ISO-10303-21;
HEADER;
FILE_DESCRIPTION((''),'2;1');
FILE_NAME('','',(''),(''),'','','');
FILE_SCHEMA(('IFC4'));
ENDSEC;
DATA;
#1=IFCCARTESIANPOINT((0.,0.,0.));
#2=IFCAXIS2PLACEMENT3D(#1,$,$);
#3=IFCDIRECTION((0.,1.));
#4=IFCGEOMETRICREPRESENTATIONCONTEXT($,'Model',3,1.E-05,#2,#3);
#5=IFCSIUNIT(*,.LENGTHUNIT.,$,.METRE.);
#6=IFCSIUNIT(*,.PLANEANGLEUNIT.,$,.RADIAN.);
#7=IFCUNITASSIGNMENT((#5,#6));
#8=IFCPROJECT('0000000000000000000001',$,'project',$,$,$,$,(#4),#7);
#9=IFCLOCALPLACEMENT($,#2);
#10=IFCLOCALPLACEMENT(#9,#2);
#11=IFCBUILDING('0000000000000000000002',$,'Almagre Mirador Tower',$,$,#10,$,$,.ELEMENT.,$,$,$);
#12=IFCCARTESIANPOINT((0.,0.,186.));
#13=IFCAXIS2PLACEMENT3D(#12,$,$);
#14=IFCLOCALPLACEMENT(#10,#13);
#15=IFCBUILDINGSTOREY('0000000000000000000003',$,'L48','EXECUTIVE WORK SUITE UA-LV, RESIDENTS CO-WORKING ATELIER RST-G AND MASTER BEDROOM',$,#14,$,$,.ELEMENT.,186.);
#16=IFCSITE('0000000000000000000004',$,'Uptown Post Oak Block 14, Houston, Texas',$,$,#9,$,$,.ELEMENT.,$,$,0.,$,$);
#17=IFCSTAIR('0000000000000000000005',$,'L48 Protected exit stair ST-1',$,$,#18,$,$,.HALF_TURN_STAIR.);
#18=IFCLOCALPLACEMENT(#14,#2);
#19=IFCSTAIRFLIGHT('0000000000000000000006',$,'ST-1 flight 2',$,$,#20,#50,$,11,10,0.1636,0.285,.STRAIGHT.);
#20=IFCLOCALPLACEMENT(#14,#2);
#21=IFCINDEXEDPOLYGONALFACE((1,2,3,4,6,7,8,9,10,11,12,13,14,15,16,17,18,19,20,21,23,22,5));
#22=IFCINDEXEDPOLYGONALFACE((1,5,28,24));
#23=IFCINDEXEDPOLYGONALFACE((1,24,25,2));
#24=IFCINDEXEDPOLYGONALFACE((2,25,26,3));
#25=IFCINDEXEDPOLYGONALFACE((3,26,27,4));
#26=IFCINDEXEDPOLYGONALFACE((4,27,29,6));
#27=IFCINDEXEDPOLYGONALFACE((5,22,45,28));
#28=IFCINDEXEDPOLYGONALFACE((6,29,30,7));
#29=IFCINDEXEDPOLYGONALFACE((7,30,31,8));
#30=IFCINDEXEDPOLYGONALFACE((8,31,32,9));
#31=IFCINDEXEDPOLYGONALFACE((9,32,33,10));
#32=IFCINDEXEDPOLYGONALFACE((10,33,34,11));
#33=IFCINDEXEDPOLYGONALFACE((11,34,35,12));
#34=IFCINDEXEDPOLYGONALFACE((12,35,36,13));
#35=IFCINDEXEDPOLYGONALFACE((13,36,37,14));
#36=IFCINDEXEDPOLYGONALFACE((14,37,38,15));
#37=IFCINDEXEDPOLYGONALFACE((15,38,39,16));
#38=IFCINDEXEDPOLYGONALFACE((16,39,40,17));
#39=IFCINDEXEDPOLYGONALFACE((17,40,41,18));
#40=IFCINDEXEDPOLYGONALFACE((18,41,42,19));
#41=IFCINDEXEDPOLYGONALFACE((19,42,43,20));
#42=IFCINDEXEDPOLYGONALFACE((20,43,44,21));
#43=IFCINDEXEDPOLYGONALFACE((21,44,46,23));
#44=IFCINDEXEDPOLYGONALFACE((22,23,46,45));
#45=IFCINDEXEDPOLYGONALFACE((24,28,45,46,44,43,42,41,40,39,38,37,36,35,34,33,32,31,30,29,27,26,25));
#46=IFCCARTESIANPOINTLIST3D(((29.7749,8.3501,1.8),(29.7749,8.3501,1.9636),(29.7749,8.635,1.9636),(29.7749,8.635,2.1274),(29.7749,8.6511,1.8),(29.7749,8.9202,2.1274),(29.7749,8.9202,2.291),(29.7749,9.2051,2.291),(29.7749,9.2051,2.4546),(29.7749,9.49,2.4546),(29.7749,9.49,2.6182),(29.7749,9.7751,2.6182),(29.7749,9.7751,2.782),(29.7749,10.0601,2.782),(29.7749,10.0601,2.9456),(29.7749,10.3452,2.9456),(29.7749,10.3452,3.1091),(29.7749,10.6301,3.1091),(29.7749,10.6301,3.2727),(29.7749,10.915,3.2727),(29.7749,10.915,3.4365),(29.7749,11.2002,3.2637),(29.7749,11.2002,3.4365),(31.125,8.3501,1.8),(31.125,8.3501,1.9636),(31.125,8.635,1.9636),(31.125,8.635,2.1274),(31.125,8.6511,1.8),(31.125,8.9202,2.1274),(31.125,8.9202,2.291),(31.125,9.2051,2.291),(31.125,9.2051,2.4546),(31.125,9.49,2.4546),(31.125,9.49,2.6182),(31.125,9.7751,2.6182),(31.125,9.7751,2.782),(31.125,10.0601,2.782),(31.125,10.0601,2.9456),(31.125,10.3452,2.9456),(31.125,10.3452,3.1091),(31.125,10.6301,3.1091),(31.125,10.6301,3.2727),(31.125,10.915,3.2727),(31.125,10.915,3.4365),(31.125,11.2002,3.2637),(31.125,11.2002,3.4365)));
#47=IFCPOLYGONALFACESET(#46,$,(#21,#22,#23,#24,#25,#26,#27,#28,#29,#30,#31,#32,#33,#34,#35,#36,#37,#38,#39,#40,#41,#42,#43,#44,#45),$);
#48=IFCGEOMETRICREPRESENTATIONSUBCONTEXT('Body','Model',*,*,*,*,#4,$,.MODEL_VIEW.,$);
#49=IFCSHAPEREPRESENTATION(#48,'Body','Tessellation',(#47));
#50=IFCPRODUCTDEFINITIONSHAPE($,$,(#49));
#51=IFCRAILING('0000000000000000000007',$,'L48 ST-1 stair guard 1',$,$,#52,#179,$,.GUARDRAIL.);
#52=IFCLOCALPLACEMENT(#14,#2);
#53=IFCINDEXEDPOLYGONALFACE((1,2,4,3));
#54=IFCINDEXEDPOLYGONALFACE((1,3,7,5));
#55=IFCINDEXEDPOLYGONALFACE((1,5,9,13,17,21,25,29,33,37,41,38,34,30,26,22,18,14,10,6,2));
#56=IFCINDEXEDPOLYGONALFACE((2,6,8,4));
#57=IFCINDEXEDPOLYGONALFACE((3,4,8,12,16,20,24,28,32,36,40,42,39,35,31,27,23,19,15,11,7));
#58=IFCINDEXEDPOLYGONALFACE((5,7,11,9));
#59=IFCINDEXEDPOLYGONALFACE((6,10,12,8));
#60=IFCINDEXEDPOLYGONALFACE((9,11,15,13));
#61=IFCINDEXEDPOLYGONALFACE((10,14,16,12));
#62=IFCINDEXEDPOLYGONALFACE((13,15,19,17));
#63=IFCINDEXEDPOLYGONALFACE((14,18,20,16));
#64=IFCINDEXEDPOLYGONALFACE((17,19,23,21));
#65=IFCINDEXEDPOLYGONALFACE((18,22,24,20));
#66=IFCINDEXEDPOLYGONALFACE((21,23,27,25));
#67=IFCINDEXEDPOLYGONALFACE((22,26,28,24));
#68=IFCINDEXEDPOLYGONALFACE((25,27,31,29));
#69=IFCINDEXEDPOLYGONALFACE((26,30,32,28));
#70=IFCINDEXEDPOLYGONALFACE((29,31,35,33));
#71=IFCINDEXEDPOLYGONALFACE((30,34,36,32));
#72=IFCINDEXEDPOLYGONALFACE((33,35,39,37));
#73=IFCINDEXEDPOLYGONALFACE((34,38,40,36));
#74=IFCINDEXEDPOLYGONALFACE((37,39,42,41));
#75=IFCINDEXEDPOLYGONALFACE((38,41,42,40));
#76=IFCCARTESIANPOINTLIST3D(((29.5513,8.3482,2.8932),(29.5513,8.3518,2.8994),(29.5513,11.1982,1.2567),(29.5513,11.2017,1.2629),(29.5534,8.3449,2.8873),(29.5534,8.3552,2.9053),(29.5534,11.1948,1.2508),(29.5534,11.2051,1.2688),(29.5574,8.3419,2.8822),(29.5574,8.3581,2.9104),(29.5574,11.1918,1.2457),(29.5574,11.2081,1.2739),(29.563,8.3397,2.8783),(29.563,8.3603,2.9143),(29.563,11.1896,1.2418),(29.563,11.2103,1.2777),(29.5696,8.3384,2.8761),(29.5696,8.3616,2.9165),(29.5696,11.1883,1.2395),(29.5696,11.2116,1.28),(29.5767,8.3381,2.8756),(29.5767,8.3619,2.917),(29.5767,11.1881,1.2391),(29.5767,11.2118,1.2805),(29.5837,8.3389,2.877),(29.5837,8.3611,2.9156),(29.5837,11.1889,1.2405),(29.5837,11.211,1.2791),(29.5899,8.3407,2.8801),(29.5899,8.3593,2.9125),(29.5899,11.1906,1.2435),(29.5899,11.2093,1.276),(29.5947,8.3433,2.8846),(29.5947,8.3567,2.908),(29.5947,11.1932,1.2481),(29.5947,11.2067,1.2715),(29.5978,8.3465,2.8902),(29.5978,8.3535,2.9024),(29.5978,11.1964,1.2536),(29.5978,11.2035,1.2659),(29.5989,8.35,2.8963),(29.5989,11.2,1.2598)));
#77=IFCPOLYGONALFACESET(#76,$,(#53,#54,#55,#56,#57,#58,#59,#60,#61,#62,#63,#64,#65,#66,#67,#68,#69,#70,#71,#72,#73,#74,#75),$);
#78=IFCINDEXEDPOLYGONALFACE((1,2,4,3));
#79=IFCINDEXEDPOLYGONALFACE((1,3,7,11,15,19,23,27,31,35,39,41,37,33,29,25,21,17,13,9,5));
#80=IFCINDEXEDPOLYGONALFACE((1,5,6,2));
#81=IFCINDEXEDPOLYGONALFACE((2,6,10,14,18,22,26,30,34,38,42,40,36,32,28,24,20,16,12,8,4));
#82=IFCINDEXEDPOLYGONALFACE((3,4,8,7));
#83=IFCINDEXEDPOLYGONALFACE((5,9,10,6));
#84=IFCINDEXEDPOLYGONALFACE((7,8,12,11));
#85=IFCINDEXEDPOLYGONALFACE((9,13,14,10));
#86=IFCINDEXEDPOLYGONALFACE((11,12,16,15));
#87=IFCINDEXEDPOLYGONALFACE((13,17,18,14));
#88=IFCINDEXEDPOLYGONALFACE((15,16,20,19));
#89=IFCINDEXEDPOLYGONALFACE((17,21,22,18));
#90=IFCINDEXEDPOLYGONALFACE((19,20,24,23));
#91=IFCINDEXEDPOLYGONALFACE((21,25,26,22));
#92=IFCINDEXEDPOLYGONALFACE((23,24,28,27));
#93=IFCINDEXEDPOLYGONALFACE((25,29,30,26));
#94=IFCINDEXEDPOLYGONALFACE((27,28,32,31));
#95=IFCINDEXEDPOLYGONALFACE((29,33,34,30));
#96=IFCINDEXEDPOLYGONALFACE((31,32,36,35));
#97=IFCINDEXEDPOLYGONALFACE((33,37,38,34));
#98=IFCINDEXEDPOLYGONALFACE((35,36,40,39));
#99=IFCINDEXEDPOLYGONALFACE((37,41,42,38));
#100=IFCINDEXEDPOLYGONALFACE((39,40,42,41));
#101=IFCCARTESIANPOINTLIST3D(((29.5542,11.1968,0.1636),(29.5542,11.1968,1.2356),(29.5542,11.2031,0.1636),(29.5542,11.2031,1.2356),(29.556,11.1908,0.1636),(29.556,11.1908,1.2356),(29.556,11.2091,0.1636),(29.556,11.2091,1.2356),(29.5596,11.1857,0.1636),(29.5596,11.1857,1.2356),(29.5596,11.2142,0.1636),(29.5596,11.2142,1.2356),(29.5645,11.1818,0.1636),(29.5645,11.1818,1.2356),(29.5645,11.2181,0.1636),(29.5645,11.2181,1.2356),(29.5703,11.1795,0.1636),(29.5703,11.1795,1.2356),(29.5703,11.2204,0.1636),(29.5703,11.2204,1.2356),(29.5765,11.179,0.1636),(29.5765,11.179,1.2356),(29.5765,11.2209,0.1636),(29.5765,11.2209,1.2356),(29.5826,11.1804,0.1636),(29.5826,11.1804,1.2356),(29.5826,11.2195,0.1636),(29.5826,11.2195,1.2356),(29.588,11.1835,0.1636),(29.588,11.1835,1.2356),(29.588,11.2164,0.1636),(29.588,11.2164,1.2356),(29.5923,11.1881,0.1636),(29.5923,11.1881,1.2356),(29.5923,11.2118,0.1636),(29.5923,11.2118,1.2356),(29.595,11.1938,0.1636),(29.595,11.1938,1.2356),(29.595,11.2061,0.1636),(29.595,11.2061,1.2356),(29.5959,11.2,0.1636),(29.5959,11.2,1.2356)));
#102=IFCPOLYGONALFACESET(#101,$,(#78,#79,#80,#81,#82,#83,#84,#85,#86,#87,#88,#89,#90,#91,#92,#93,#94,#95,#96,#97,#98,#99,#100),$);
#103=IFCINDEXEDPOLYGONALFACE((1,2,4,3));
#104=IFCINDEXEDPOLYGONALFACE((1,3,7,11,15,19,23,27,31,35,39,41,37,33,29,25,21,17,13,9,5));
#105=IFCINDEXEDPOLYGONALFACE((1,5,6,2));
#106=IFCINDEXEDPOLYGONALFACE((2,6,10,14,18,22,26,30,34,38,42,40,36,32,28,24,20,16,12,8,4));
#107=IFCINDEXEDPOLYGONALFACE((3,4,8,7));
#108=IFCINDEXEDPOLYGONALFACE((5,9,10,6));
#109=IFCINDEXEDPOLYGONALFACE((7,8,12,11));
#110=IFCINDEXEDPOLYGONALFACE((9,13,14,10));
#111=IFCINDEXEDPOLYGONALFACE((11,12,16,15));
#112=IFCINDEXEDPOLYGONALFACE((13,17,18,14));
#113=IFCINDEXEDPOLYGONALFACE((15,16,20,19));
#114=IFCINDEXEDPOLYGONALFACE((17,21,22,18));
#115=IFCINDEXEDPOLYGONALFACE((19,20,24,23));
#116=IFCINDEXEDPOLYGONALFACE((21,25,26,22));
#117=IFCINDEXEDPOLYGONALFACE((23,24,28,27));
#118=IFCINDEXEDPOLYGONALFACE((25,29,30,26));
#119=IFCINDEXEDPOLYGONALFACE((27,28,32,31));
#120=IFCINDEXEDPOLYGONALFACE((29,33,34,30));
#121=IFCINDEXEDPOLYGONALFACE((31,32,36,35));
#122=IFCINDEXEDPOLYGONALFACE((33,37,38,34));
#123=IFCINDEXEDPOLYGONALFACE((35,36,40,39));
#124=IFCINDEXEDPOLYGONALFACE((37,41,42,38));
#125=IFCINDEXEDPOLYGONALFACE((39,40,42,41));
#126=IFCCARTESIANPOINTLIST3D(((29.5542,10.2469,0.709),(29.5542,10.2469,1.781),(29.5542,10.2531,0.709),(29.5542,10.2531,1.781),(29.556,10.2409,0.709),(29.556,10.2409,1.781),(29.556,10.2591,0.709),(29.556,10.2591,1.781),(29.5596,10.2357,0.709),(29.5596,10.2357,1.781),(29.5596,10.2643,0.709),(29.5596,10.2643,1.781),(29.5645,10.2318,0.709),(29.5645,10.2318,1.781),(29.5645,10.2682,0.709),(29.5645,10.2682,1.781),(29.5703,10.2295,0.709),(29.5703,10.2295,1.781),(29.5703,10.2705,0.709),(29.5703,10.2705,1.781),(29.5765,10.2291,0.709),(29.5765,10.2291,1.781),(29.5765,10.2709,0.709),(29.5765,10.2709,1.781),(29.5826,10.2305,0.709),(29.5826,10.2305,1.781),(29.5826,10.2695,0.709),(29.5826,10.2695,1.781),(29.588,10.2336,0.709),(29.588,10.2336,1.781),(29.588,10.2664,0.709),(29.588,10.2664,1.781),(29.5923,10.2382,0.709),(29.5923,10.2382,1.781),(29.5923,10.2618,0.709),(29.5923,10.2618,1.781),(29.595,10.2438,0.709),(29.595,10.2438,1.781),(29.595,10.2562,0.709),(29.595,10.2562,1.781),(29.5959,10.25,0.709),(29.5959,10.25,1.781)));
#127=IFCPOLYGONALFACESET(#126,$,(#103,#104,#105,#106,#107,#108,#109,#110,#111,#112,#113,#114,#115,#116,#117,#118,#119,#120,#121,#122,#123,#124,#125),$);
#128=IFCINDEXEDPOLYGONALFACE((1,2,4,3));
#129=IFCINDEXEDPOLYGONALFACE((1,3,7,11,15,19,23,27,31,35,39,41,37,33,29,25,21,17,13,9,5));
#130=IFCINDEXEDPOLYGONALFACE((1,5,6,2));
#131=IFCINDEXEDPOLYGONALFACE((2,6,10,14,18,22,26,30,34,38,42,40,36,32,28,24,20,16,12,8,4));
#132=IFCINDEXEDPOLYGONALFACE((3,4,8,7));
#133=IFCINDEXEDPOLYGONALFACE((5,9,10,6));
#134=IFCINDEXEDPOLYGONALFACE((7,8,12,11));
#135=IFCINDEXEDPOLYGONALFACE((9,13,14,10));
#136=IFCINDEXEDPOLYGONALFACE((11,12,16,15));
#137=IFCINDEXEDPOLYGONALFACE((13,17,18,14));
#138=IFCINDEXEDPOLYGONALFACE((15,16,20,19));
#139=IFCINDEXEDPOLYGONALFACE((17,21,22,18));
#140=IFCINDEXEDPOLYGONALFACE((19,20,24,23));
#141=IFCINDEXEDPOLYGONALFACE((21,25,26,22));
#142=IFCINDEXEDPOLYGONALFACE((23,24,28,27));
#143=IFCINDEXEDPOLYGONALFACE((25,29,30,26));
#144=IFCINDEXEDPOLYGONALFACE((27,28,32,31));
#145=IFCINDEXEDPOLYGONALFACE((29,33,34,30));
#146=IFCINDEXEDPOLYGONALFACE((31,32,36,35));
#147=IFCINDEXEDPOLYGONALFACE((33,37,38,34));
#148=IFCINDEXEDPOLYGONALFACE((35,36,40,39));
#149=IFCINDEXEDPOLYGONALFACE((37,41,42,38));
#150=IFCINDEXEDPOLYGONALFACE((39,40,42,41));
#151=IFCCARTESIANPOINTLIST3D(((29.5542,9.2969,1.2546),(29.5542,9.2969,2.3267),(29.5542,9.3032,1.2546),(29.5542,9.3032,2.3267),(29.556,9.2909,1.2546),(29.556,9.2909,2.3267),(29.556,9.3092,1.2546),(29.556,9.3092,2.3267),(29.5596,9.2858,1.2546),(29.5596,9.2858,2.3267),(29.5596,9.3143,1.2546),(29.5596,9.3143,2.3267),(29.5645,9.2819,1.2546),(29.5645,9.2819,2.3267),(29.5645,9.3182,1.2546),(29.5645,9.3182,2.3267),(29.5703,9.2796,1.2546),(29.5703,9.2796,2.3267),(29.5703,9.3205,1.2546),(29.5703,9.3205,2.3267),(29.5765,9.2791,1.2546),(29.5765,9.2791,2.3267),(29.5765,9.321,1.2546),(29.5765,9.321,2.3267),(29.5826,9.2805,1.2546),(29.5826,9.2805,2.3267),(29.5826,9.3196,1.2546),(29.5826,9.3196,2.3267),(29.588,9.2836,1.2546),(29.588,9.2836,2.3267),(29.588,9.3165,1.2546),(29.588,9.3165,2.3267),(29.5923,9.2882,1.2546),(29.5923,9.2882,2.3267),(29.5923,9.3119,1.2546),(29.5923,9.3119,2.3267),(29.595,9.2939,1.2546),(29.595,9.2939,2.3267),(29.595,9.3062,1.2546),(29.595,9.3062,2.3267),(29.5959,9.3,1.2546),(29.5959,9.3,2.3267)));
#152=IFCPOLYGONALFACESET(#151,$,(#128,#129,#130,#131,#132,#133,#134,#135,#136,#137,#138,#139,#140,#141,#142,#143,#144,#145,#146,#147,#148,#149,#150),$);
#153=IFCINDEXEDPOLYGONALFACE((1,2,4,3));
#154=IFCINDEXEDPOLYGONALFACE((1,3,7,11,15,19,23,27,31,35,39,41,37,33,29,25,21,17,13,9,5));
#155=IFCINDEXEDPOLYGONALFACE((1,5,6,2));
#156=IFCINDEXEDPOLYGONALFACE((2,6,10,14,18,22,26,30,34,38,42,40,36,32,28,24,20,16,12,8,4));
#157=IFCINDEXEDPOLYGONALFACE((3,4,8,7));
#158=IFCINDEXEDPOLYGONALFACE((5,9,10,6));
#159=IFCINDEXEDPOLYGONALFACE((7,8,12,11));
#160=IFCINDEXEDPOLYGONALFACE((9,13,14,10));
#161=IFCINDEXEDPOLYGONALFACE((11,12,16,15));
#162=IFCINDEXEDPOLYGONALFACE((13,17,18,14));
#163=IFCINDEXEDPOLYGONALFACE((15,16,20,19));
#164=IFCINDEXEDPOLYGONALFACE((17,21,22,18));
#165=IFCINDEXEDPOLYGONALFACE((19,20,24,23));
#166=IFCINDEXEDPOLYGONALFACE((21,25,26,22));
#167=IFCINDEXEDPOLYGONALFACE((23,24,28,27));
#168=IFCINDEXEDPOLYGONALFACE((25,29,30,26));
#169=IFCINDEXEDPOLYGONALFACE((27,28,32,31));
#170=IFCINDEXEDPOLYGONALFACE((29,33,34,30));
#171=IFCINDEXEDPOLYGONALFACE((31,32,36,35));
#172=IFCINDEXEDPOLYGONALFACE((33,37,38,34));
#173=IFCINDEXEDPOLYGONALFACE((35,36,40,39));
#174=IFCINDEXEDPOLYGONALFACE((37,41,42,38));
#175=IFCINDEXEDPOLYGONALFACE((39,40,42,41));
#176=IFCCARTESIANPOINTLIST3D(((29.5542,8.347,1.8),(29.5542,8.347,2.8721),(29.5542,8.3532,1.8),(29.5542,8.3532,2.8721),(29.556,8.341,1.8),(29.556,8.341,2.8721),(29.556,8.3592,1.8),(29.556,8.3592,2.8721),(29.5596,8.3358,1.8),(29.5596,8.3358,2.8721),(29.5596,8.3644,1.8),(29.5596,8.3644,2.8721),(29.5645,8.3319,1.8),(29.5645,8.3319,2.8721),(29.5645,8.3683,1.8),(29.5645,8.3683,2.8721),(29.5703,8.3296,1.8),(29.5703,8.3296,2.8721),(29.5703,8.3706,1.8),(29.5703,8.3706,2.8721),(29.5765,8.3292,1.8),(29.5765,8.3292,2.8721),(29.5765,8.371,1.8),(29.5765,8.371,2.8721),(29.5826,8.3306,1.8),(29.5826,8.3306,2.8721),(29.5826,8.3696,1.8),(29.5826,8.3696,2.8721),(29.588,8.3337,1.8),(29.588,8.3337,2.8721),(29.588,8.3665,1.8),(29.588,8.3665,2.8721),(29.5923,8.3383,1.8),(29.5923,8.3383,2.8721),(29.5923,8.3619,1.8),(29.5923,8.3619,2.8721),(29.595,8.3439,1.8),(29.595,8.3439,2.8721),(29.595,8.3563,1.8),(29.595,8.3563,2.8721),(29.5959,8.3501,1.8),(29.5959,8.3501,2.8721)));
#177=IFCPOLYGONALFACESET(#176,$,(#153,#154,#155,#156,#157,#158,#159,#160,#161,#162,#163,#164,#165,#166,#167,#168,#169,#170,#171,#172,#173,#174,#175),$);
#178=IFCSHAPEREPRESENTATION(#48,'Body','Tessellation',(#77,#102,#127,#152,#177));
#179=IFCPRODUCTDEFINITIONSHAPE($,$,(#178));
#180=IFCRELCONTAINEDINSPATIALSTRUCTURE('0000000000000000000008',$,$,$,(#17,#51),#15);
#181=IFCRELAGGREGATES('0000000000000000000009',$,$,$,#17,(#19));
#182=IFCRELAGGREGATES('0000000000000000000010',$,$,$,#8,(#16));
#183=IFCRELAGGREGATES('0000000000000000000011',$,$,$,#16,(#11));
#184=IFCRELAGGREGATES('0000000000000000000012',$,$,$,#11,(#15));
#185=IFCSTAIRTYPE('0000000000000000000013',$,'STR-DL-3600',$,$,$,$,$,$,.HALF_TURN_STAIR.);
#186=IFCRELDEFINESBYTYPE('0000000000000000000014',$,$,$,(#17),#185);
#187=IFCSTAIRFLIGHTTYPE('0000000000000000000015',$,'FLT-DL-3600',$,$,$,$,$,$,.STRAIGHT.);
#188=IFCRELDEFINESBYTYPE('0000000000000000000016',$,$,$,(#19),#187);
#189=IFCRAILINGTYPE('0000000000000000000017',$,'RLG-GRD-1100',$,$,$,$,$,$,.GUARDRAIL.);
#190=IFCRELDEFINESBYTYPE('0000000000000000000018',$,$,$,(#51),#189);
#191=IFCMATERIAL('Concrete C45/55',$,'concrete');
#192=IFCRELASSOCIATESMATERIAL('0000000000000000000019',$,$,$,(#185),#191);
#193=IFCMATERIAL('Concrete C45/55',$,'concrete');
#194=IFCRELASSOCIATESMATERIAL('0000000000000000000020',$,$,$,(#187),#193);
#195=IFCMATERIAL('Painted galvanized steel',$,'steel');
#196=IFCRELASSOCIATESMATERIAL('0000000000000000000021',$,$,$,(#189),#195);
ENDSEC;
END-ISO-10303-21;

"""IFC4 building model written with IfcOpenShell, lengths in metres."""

from ifc_helpers import new_model, si_unit, direction, frame, origin, origin_2d, place, context, subcontext, project, spatial, polyline, circle, outline, extrude, material, type_object, element, aggregate, save


model = new_model("IFC4")

# Units and contexts
model_context = context("Model", 3, precision=1e-05, world=origin(), true_north=direction((0.0, 1.0)))
body_context = subcontext(model_context, "Body", "Model", "MODEL_VIEW")
ifc_project = project(units=[si_unit("LENGTHUNIT", "METRE"), si_unit("PLANEANGLEUNIT", "RADIAN")], contexts=[model_context])

# Site, building, storey
site_placement = place(None, origin())
site = spatial("IfcSite", under=ifc_project, at=site_placement, Name="Uptown Post Oak Block 14, Houston, Texas", CompositionType="ELEMENT", RefElevation=0.0)
building_placement = place(site_placement, origin())
building = spatial("IfcBuilding", under=site, at=building_placement, Name="Almagre Mirador Tower", CompositionType="ELEMENT")
storey_placement = place(building_placement, frame((0.0, 0.0, 186.0)))
storey = spatial("IfcBuildingStorey", under=building, at=storey_placement, Name="L48", Description="EXECUTIVE WORK SUITE UA-LV, RESIDENTS CO-WORKING ATELIER RST-G AND MASTER BEDROOM", CompositionType="ELEMENT", Elevation=186.0)

# Stair, stair flight
ifc_material_1 = material(Name="Concrete C45/55", Category="concrete")
stair_type = type_object("IfcStairType", Name="STR-DL-3600", PredefinedType="HALF_TURN_STAIR", material=ifc_material_1)
stair_placement = place(storey_placement, origin())
stair = element("IfcStair", 1, at=stair_placement, inside=storey, type_object=stair_type, Name="L48 Protected exit stair ST-1", PredefinedType="HALF_TURN_STAIR")
ifc_material_2 = material(Name="Concrete C45/55", Category="concrete")
stair_flight_type = type_object("IfcStairFlightType", Name="FLT-DL-3600", PredefinedType="STRAIGHT", material=ifc_material_2)
stair_flight_1_placement = place(storey_placement, frame((30.45, 8.3501, 1.8), z_axis=(0.0, 0.0, 1.0), x_axis=(0.0, 1.0, 0.0)))
stair_flight_1 = element("IfcStairFlight", 2, at=stair_flight_1_placement, type_object=stair_flight_type, Name="ST-1 flight 2", NumberOfRisers=11, NumberOfTreads=10, PredefinedType="STRAIGHT", RiserHeight=0.1636, TreadLength=0.285, context=body_context, shape_type="SweptSolid", body=[
    extrude(outline(polyline([(0.0, 0.0), (0.0, 0.1636), (0.2849, 0.1636), (0.2849, 0.3274), (0.5701, 0.3274), (0.5701, 0.491), (0.855, 0.491), (0.855, 0.6545), (1.1399, 0.6545), (1.1399, 0.8181), (1.425, 0.8181), (1.425, 0.9819), (1.71, 0.9819), (1.71, 1.1455), (1.9951, 1.1455), (1.9951, 1.3091), (2.28, 1.3091), (2.28, 1.4727), (2.5649, 1.4727), (2.5649, 1.6365), (2.8501, 1.6365), (2.8501, 1.8), (2.8501, 1.4636), (0.301, 0.0), (0.0, 0.0)])), frame((0.0, 0.675, 0.0), z_axis=(0.0, -1.0, 0.0), x_axis=(1.0, 0.0, 0.0)), (0.0, 0.0, 1.0), 1.3501),
])
aggregate(stair, [stair_flight_1])

# Railing
ifc_material_3 = material(Name="Painted galvanized steel", Category="steel")
railing_type_1 = type_object("IfcRailingType", Name="RLG-GRD-1100", PredefinedType="GUARDRAIL", material=ifc_material_3)
railing_1_placement = place(storey_placement, frame((29.575, 11.2, 0.1636)))
element("IfcRailing", 3, at=railing_1_placement, inside=storey, type_object=railing_type_1, Name="L48 ST-1 stair guard 1", PredefinedType="GUARDRAIL", context=body_context, shape_type="SweptSolid", body=[
    extrude(circle(Radius=0.0239, at=origin_2d()), frame((0.0, 0.0, 1.0962), z_axis=(0.0, -0.867194, 0.49797), x_axis=(1.0, 0.0, 0.0)), (0.0, 0.0, 1.0), 3.2864),
    extrude(circle(Radius=0.021, at=origin_2d()), origin(), (0.0, 0.0, 1.0), 1.072),
    extrude(circle(Radius=0.021, at=origin_2d()), frame((0.0, -0.95, 0.5454)), (0.0, 0.0, 1.0), 1.072),
    extrude(circle(Radius=0.021, at=origin_2d()), frame((0.0, -1.8999, 1.0911)), (0.0, 0.0, 1.0), 1.072),
    extrude(circle(Radius=0.021, at=origin_2d()), frame((0.0, -2.8499, 1.6365)), (0.0, 0.0, 1.0), 1.072),
])

save(model, "model.ifc")
